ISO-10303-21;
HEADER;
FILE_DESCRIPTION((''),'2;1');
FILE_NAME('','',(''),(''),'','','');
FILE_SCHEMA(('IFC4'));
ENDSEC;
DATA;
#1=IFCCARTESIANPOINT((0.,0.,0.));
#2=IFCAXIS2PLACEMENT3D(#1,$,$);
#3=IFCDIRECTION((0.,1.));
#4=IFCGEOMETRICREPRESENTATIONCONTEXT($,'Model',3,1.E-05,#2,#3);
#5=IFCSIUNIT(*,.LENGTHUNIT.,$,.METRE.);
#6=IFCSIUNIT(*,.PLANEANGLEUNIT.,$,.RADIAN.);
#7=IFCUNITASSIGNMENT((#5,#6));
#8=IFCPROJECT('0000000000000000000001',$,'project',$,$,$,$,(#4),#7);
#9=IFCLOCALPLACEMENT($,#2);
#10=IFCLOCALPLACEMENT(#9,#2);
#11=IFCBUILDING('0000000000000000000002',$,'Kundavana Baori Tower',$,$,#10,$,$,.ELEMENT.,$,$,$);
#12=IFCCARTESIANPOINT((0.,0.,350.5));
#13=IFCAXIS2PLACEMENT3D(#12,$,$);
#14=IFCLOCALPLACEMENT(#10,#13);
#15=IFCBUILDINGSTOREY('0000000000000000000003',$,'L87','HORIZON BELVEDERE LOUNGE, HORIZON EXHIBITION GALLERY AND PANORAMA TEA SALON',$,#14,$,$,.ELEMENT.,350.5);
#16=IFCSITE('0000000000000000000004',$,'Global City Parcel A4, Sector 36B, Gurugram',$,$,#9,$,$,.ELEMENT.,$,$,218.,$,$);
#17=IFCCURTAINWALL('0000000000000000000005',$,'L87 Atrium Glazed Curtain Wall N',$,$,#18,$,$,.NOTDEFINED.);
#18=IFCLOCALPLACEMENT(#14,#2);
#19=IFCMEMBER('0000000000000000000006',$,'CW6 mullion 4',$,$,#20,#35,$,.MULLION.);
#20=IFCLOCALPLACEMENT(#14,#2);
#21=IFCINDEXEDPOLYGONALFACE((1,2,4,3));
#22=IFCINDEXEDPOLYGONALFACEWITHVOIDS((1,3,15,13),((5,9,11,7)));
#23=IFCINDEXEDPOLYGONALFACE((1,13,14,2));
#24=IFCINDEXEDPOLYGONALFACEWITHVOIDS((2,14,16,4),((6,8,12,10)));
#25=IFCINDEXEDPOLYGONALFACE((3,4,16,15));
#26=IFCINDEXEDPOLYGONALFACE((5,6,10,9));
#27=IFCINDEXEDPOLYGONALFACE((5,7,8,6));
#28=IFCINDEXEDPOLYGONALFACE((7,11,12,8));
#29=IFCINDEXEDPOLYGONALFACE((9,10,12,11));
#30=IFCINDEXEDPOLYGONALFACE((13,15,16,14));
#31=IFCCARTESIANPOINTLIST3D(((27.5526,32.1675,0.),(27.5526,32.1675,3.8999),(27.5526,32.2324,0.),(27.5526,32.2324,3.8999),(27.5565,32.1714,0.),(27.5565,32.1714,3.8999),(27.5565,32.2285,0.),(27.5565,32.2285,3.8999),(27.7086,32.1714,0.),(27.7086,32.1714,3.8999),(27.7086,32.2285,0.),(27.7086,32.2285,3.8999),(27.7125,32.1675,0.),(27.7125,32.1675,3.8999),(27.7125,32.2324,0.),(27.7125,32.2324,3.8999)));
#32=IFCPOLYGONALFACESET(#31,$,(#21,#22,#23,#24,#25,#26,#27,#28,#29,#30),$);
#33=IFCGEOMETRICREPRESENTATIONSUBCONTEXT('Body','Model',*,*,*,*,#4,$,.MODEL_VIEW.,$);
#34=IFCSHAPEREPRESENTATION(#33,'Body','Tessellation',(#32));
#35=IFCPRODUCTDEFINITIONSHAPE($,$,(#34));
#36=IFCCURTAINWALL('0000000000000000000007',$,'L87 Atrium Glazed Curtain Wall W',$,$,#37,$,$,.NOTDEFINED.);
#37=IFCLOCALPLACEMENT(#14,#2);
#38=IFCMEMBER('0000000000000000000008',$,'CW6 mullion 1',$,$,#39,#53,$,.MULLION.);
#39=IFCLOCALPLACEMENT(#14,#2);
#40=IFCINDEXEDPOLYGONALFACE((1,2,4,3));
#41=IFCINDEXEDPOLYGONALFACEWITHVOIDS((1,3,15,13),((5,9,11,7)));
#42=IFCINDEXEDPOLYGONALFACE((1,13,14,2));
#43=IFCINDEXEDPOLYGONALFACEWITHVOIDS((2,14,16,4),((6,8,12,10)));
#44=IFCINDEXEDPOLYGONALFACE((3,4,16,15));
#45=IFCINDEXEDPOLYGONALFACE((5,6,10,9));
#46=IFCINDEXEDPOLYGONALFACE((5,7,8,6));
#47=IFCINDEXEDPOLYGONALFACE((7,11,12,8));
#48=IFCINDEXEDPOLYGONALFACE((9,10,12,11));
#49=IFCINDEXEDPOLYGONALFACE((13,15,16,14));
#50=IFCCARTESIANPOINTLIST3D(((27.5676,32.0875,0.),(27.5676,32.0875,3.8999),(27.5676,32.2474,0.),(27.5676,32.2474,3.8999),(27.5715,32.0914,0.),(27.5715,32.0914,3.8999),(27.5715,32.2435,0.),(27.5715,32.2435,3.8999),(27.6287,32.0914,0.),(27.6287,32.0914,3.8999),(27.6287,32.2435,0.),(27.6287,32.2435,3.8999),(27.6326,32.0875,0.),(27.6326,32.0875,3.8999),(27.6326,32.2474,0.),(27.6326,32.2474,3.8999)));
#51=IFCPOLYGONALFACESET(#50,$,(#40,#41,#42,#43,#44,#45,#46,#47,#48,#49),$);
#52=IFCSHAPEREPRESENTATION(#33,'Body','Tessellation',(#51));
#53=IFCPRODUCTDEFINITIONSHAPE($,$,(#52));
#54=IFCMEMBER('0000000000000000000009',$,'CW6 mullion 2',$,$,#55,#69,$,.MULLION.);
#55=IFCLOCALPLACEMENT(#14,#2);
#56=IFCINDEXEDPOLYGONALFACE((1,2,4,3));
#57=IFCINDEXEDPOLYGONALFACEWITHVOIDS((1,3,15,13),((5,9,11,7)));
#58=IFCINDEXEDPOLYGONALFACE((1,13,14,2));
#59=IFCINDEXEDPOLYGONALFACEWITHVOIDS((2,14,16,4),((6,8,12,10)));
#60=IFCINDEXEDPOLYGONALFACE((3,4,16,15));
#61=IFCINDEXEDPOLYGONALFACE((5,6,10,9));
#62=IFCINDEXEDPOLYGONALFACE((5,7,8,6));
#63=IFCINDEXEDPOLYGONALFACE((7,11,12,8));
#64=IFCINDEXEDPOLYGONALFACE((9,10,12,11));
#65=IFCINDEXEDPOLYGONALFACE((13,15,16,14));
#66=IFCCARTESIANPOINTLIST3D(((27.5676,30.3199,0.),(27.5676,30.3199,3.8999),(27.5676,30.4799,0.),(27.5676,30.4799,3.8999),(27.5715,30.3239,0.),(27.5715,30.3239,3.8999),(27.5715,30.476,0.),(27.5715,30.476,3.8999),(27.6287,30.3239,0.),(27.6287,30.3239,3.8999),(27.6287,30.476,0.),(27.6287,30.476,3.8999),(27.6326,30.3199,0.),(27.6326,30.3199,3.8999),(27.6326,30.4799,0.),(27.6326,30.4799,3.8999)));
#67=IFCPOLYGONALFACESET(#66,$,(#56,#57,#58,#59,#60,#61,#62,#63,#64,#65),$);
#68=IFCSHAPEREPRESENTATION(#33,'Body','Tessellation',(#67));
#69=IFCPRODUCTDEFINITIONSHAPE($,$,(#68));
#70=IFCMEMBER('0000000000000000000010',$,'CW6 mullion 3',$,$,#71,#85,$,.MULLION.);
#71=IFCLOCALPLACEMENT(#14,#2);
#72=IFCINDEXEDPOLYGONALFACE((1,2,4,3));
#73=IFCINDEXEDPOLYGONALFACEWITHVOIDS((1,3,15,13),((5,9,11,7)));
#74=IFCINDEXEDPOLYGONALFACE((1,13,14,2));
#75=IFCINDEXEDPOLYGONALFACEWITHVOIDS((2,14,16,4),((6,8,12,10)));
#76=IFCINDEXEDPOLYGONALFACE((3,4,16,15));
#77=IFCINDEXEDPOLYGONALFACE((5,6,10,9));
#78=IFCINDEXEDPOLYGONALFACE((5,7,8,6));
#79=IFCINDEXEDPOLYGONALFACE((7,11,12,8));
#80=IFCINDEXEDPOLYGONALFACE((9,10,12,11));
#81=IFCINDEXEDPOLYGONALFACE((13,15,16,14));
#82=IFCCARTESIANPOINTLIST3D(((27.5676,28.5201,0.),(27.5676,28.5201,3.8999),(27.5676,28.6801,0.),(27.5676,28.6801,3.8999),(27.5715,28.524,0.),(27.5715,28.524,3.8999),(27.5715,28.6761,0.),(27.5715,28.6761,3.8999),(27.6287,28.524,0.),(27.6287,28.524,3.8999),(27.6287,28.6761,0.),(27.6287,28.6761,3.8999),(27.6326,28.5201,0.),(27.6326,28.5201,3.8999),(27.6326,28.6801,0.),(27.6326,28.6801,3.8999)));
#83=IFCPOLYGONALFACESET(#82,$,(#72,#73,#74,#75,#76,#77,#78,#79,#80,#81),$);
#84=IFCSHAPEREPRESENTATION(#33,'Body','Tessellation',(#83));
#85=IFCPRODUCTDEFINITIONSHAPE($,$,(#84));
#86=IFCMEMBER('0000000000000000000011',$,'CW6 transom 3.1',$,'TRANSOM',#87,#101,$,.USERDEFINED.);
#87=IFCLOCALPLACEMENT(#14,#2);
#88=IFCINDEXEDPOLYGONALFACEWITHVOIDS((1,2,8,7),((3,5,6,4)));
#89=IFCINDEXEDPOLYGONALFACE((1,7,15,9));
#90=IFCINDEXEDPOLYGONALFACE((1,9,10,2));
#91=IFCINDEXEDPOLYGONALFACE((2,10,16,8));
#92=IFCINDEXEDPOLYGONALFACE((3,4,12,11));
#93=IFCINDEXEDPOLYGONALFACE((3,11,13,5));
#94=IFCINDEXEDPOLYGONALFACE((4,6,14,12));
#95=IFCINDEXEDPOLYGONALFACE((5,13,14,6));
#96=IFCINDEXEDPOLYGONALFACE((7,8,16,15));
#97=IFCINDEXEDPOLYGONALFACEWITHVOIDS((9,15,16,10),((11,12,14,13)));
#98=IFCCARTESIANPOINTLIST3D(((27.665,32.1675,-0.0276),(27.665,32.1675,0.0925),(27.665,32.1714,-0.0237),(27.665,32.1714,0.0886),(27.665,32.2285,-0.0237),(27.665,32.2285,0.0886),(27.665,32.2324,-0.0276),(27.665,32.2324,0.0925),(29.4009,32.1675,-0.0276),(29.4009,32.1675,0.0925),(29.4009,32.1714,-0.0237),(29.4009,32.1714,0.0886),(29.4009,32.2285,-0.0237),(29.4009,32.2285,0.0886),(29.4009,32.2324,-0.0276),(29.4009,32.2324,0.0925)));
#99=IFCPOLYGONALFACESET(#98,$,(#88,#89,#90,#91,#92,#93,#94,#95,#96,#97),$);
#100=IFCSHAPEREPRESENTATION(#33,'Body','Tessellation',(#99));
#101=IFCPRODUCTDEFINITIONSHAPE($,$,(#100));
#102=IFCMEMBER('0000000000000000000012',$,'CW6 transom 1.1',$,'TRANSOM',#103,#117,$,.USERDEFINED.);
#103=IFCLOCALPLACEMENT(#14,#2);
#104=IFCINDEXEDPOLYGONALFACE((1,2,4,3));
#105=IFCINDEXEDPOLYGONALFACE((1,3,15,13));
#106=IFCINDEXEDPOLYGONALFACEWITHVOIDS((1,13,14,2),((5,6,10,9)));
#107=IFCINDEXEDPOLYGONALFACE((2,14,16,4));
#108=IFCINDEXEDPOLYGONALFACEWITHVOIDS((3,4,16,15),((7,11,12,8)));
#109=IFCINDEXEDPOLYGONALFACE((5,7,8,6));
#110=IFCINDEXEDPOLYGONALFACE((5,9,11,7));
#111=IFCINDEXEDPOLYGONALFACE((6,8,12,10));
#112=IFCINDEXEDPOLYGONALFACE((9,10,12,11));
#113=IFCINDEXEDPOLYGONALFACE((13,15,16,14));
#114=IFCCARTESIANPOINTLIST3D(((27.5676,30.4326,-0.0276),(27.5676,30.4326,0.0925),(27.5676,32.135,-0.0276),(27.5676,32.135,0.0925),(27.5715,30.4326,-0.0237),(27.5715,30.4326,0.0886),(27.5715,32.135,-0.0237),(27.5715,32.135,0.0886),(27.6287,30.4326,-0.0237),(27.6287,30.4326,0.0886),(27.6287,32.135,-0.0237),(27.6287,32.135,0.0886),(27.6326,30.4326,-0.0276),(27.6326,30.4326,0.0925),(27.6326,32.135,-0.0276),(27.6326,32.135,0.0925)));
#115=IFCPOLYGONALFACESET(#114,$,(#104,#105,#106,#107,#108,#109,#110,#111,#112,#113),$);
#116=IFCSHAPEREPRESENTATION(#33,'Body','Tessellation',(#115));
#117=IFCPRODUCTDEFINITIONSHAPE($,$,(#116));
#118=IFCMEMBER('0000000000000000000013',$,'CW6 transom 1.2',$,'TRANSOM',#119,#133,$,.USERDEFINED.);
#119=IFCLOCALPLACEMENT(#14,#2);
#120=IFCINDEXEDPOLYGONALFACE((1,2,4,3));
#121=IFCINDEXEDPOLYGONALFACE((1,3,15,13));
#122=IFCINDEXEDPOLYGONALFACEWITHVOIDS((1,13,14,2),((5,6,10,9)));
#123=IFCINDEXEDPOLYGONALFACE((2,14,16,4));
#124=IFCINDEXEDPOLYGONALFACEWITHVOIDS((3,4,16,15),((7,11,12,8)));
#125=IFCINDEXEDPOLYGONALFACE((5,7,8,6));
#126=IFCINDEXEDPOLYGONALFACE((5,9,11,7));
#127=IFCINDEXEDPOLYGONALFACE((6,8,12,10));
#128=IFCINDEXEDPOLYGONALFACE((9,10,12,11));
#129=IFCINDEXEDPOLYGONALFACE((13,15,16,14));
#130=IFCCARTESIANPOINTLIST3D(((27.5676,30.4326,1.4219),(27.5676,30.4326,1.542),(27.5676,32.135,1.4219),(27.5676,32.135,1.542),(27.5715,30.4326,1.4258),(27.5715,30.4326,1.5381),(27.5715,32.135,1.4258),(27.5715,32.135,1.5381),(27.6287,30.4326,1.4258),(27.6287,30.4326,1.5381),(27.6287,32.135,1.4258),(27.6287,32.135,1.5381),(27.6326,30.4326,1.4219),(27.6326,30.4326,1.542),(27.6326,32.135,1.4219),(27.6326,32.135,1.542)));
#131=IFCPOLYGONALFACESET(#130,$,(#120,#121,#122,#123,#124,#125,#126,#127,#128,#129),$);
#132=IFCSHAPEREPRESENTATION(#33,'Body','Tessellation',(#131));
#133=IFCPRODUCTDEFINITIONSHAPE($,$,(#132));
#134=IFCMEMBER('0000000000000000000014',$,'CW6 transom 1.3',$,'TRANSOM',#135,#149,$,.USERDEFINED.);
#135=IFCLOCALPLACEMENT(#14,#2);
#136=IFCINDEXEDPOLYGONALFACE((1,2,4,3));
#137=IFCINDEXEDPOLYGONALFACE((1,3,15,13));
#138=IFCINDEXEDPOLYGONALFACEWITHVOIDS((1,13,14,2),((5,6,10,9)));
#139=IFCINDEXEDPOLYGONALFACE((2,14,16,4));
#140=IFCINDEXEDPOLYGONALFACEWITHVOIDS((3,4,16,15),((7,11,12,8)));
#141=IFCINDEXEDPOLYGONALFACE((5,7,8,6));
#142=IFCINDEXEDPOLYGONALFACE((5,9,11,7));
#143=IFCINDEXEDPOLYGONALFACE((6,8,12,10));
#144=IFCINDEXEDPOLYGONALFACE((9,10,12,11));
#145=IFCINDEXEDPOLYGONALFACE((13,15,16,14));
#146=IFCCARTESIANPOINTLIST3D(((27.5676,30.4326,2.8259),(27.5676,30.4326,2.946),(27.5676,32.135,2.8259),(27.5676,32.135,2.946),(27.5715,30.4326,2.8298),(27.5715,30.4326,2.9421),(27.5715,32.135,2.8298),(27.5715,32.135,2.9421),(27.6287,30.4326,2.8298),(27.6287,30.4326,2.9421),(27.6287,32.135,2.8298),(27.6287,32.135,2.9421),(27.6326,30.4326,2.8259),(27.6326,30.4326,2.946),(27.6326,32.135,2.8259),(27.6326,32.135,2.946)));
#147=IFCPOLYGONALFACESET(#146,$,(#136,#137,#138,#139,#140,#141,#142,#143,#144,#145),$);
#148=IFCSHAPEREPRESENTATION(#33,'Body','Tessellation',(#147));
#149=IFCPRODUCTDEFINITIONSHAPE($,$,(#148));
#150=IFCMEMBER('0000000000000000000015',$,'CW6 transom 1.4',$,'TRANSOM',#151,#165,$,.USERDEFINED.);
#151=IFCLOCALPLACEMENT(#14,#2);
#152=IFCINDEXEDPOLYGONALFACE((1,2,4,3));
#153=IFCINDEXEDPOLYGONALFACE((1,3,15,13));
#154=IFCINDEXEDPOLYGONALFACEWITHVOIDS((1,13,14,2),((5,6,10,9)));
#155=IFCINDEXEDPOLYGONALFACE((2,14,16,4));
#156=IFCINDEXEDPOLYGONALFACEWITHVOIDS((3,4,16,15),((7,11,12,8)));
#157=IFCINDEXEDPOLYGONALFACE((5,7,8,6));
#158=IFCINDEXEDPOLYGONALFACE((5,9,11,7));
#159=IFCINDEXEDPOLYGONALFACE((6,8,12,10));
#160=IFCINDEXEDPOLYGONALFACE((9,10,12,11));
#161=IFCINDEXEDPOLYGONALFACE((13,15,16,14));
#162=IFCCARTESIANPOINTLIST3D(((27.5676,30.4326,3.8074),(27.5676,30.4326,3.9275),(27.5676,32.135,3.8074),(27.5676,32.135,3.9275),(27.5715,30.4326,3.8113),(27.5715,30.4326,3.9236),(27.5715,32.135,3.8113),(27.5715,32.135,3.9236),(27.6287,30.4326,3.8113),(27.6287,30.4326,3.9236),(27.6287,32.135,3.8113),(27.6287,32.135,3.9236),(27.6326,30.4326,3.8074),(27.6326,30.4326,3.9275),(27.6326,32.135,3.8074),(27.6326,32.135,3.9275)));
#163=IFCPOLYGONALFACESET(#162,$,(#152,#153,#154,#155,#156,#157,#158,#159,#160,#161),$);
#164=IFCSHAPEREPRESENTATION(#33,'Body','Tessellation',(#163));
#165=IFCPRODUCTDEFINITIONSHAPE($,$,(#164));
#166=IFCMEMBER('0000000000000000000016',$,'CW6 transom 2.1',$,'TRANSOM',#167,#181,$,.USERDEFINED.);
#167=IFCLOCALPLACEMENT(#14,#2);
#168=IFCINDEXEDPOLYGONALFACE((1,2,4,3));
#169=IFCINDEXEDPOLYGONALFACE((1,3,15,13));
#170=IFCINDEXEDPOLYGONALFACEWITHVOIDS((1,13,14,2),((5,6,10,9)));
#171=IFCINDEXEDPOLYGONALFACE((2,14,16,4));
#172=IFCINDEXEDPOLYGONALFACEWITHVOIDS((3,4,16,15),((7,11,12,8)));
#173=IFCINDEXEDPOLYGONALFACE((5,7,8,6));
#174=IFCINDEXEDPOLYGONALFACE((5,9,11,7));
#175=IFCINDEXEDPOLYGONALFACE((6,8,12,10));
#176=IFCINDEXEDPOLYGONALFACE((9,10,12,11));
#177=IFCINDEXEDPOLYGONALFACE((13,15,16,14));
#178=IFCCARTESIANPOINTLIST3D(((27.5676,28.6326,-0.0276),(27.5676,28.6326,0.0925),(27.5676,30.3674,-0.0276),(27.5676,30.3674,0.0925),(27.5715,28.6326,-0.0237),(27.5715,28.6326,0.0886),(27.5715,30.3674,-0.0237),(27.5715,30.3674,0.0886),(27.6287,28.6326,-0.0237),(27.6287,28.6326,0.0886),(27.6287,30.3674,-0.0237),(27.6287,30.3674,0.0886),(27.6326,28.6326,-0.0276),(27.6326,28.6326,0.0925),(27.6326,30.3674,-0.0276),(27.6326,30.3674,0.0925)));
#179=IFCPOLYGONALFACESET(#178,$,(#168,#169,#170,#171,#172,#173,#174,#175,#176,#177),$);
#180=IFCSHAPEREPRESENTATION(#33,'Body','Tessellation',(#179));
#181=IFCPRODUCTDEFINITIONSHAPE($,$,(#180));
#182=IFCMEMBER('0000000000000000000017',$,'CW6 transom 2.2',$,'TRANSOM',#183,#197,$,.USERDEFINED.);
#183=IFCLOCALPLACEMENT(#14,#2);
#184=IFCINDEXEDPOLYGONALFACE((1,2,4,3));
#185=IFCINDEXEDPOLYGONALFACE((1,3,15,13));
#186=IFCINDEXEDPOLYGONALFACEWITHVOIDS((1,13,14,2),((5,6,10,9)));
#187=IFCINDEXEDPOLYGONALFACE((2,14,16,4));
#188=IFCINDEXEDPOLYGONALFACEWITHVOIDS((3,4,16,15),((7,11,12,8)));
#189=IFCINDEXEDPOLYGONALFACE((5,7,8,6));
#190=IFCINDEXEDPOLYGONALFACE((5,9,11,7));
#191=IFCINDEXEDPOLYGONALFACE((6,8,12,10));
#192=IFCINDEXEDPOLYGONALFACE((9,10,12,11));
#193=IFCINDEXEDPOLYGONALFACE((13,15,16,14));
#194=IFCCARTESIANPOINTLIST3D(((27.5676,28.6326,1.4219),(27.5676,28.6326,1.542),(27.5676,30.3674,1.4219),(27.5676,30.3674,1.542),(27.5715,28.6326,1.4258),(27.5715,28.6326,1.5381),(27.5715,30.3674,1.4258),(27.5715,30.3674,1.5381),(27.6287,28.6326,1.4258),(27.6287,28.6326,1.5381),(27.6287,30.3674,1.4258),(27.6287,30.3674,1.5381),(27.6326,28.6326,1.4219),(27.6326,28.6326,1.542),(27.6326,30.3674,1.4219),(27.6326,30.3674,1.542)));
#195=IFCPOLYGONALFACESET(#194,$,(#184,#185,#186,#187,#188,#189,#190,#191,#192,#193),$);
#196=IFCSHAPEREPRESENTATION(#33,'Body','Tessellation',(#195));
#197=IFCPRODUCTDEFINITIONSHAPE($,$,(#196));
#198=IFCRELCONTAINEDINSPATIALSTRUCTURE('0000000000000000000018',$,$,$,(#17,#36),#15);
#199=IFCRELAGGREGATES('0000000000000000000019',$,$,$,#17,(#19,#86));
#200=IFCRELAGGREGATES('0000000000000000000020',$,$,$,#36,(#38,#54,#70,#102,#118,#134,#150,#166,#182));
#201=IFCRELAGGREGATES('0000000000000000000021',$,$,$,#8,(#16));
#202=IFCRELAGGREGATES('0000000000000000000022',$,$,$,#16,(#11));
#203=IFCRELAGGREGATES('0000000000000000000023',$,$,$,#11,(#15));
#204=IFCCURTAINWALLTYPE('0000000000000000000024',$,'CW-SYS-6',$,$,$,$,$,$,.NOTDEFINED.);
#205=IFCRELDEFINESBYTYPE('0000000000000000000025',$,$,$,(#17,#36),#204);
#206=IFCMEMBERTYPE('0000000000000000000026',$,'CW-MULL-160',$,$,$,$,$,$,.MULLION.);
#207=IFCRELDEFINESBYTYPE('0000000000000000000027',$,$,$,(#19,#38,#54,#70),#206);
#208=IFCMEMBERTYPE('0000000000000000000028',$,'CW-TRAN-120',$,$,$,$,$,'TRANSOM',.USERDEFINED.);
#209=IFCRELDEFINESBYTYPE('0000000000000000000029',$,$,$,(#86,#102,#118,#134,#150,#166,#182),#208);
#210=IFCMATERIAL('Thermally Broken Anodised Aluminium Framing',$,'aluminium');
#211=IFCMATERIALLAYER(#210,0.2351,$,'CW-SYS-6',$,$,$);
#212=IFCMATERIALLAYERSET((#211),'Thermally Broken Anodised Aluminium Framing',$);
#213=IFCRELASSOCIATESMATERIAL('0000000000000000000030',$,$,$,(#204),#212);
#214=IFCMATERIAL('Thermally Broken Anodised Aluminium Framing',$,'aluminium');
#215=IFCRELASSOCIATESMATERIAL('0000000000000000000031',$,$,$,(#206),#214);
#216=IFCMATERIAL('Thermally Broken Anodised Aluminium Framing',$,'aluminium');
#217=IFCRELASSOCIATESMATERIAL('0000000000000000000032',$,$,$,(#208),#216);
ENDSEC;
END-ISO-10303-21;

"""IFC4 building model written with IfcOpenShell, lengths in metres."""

from ifc_helpers import new_model, si_unit, direction, frame, origin, origin_2d, place, context, subcontext, project, spatial, hollow_rectangle, extrude, material, layer, layer_set, material_profile, profile_set, type_object, element, aggregate, save


model = new_model("IFC4")

# Units and contexts
model_context = context("Model", 3, precision=1e-05, world=origin(), true_north=direction((0.0, 1.0)))
body_context = subcontext(model_context, "Body", "Model", "MODEL_VIEW")
ifc_project = project(units=[si_unit("LENGTHUNIT", "METRE"), si_unit("PLANEANGLEUNIT", "RADIAN")], contexts=[model_context])

# Site, building, storey
site_placement = place(None, origin())
site = spatial("IfcSite", under=ifc_project, at=site_placement, Name="Global City Parcel A4, Sector 36B, Gurugram", CompositionType="ELEMENT", RefElevation=218.0)
building_placement = place(site_placement, origin())
building = spatial("IfcBuilding", under=site, at=building_placement, Name="Kundavana Baori Tower", CompositionType="ELEMENT")
storey_placement = place(building_placement, frame((0.0, 0.0, 350.5)))
storey = spatial("IfcBuildingStorey", under=building, at=storey_placement, Name="L87", Description="HORIZON BELVEDERE LOUNGE, HORIZON EXHIBITION GALLERY AND PANORAMA TEA SALON", CompositionType="ELEMENT", Elevation=350.5)

# Curtain wall, member
ifc_material_1 = material(Name="Thermally Broken Anodised Aluminium Framing", Category="aluminium")
ifc_layer_1 = layer(ifc_material_1, 0.2351, Name="CW-SYS-6")
ifc_layer_set_1 = layer_set([ifc_layer_1], Name="Thermally Broken Anodised Aluminium Framing")
curtain_wall_type = type_object("IfcCurtainWallType", Name="CW-SYS-6", PredefinedType="NOTDEFINED", material=ifc_layer_set_1)
curtain_wall_1_placement = place(storey_placement, origin())
curtain_wall_1 = element("IfcCurtainWall", 1, at=curtain_wall_1_placement, inside=storey, type_object=curtain_wall_type, Name="L87 Atrium Glazed Curtain Wall N", PredefinedType="NOTDEFINED")
ifc_material_2 = material(Name="Thermally Broken Anodised Aluminium Framing", Category="aluminium")
ifc_material_profile_1 = material_profile(ifc_material_2, hollow_rectangle(XDim=0.0649, YDim=0.1599, WallThickness=0.0039, at=origin_2d()), Name="CW-MULL-160")
ifc_profile_set_1 = profile_set([ifc_material_profile_1], Name="Thermally Broken Anodised Aluminium Framing")
member_type_1 = type_object("IfcMemberType", Name="CW-MULL-160", PredefinedType="MULLION", material=ifc_profile_set_1)
member_1_placement = place(storey_placement, frame((27.6326, 32.2, 0.0), z_axis=(0.0, 0.0, 1.0), x_axis=(0.0, -1.0, 0.0)))
member_1 = element("IfcMember", 2, at=member_1_placement, type_object=member_type_1, Name="CW6 mullion 4", PredefinedType="MULLION", context=body_context, shape_type="SweptSolid", body=[
    extrude(hollow_rectangle(XDim=0.0649, YDim=0.1599, WallThickness=0.0039, at=origin_2d()), origin(), (0.0, 0.0, 1.0), 3.8999),
])

# Curtain wall, members
curtain_wall_2_placement = place(storey_placement, origin())
curtain_wall_2 = element("IfcCurtainWall", 3, at=curtain_wall_2_placement, inside=storey, type_object=curtain_wall_type, Name="L87 Atrium Glazed Curtain Wall W", PredefinedType="NOTDEFINED")
member_2_placement = place(storey_placement, frame((27.6001, 32.1675, 0.0), z_axis=(0.0, 0.0, 1.0), x_axis=(1.0, 0.0, 0.0)))
member_2 = element("IfcMember", 4, at=member_2_placement, type_object=member_type_1, Name="CW6 mullion 1", PredefinedType="MULLION", context=body_context, shape_type="SweptSolid", body=[
    extrude(hollow_rectangle(XDim=0.0649, YDim=0.1599, WallThickness=0.0039, at=origin_2d()), origin(), (0.0, 0.0, 1.0), 3.8999),
])
member_3_placement = place(storey_placement, frame((27.6001, 30.3999, 0.0), z_axis=(0.0, 0.0, 1.0), x_axis=(1.0, 0.0, 0.0)))
member_3 = element("IfcMember", 5, at=member_3_placement, type_object=member_type_1, Name="CW6 mullion 2", PredefinedType="MULLION", context=body_context, shape_type="SweptSolid", body=[
    extrude(hollow_rectangle(XDim=0.0649, YDim=0.1599, WallThickness=0.0039, at=origin_2d()), origin(), (0.0, 0.0, 1.0), 3.8999),
])
member_4_placement = place(storey_placement, frame((27.6001, 28.6001, 0.0), z_axis=(0.0, 0.0, 1.0), x_axis=(1.0, 0.0, 0.0)))
member_4 = element("IfcMember", 6, at=member_4_placement, type_object=member_type_1, Name="CW6 mullion 3", PredefinedType="MULLION", context=body_context, shape_type="SweptSolid", body=[
    extrude(hollow_rectangle(XDim=0.0649, YDim=0.1599, WallThickness=0.0039, at=origin_2d()), origin(), (0.0, 0.0, 1.0), 3.8999),
])

# Members
ifc_material_3 = material(Name="Thermally Broken Anodised Aluminium Framing", Category="aluminium")
ifc_material_profile_2 = material_profile(ifc_material_3, hollow_rectangle(XDim=0.0649, YDim=0.1201, WallThickness=0.0039, at=origin_2d()), Name="CW-TRAN-120")
ifc_profile_set_2 = profile_set([ifc_material_profile_2], Name="Thermally Broken Anodised Aluminium Framing")
member_type_2 = type_object("IfcMemberType", Name="CW-TRAN-120", ElementType="TRANSOM", PredefinedType="USERDEFINED", material=ifc_profile_set_2)
member_5_placement = place(storey_placement, frame((29.4009, 32.2, 0.0325), z_axis=(-1.0, 0.0, 0.0), x_axis=(0.0, -1.0, 0.0)))
member_5 = element("IfcMember", 7, at=member_5_placement, type_object=member_type_2, Name="CW6 transom 3.1", ObjectType="TRANSOM", PredefinedType="USERDEFINED", context=body_context, shape_type="SweptSolid", body=[
    extrude(hollow_rectangle(XDim=0.0649, YDim=0.1201, WallThickness=0.0039, at=origin_2d()), origin(), (0.0, 0.0, 1.0), 1.7358),
])
member_6_placement = place(storey_placement, frame((27.6001, 32.135, 0.0325), z_axis=(0.0, -1.0, 0.0), x_axis=(1.0, 0.0, 0.0)))
member_6 = element("IfcMember", 8, at=member_6_placement, type_object=member_type_2, Name="CW6 transom 1.1", ObjectType="TRANSOM", PredefinedType="USERDEFINED", context=body_context, shape_type="SweptSolid", body=[
    extrude(hollow_rectangle(XDim=0.0649, YDim=0.1201, WallThickness=0.0039, at=origin_2d()), origin(), (0.0, 0.0, 1.0), 1.7024),
])
member_7_placement = place(storey_placement, frame((27.6001, 32.135, 1.4819), z_axis=(0.0, -1.0, 0.0), x_axis=(1.0, 0.0, 0.0)))
member_7 = element("IfcMember", 9, at=member_7_placement, type_object=member_type_2, Name="CW6 transom 1.2", ObjectType="TRANSOM", PredefinedType="USERDEFINED", context=body_context, shape_type="SweptSolid", body=[
    extrude(hollow_rectangle(XDim=0.0649, YDim=0.1201, WallThickness=0.0039, at=origin_2d()), origin(), (0.0, 0.0, 1.0), 1.7024),
])
member_8_placement = place(storey_placement, frame((27.6001, 32.135, 2.886), z_axis=(0.0, -1.0, 0.0), x_axis=(1.0, 0.0, 0.0)))
member_8 = element("IfcMember", 10, at=member_8_placement, type_object=member_type_2, Name="CW6 transom 1.3", ObjectType="TRANSOM", PredefinedType="USERDEFINED", context=body_context, shape_type="SweptSolid", body=[
    extrude(hollow_rectangle(XDim=0.0649, YDim=0.1201, WallThickness=0.0039, at=origin_2d()), origin(), (0.0, 0.0, 1.0), 1.7024),
])
member_9_placement = place(storey_placement, frame((27.6001, 32.135, 3.8674), z_axis=(0.0, -1.0, 0.0), x_axis=(1.0, 0.0, 0.0)))
member_9 = element("IfcMember", 11, at=member_9_placement, type_object=member_type_2, Name="CW6 transom 1.4", ObjectType="TRANSOM", PredefinedType="USERDEFINED", context=body_context, shape_type="SweptSolid", body=[
    extrude(hollow_rectangle(XDim=0.0649, YDim=0.1201, WallThickness=0.0039, at=origin_2d()), origin(), (0.0, 0.0, 1.0), 1.7024),
])
member_10_placement = place(storey_placement, frame((27.6001, 30.3674, 0.0325), z_axis=(0.0, -1.0, 0.0), x_axis=(1.0, 0.0, 0.0)))
member_10 = element("IfcMember", 12, at=member_10_placement, type_object=member_type_2, Name="CW6 transom 2.1", ObjectType="TRANSOM", PredefinedType="USERDEFINED", context=body_context, shape_type="SweptSolid", body=[
    extrude(hollow_rectangle(XDim=0.0649, YDim=0.1201, WallThickness=0.0039, at=origin_2d()), origin(), (0.0, 0.0, 1.0), 1.7349),
])
member_11_placement = place(storey_placement, frame((27.6001, 30.3674, 1.4819), z_axis=(0.0, -1.0, 0.0), x_axis=(1.0, 0.0, 0.0)))
member_11 = element("IfcMember", 13, at=member_11_placement, type_object=member_type_2, Name="CW6 transom 2.2", ObjectType="TRANSOM", PredefinedType="USERDEFINED", context=body_context, shape_type="SweptSolid", body=[
    extrude(hollow_rectangle(XDim=0.0649, YDim=0.1201, WallThickness=0.0039, at=origin_2d()), origin(), (0.0, 0.0, 1.0), 1.7349),
])

aggregate(curtain_wall_1, [member_1, member_5])
aggregate(curtain_wall_2, [member_2, member_3, member_4, member_6, member_7, member_8, member_9, member_10, member_11])

save(model, "model.ifc")
